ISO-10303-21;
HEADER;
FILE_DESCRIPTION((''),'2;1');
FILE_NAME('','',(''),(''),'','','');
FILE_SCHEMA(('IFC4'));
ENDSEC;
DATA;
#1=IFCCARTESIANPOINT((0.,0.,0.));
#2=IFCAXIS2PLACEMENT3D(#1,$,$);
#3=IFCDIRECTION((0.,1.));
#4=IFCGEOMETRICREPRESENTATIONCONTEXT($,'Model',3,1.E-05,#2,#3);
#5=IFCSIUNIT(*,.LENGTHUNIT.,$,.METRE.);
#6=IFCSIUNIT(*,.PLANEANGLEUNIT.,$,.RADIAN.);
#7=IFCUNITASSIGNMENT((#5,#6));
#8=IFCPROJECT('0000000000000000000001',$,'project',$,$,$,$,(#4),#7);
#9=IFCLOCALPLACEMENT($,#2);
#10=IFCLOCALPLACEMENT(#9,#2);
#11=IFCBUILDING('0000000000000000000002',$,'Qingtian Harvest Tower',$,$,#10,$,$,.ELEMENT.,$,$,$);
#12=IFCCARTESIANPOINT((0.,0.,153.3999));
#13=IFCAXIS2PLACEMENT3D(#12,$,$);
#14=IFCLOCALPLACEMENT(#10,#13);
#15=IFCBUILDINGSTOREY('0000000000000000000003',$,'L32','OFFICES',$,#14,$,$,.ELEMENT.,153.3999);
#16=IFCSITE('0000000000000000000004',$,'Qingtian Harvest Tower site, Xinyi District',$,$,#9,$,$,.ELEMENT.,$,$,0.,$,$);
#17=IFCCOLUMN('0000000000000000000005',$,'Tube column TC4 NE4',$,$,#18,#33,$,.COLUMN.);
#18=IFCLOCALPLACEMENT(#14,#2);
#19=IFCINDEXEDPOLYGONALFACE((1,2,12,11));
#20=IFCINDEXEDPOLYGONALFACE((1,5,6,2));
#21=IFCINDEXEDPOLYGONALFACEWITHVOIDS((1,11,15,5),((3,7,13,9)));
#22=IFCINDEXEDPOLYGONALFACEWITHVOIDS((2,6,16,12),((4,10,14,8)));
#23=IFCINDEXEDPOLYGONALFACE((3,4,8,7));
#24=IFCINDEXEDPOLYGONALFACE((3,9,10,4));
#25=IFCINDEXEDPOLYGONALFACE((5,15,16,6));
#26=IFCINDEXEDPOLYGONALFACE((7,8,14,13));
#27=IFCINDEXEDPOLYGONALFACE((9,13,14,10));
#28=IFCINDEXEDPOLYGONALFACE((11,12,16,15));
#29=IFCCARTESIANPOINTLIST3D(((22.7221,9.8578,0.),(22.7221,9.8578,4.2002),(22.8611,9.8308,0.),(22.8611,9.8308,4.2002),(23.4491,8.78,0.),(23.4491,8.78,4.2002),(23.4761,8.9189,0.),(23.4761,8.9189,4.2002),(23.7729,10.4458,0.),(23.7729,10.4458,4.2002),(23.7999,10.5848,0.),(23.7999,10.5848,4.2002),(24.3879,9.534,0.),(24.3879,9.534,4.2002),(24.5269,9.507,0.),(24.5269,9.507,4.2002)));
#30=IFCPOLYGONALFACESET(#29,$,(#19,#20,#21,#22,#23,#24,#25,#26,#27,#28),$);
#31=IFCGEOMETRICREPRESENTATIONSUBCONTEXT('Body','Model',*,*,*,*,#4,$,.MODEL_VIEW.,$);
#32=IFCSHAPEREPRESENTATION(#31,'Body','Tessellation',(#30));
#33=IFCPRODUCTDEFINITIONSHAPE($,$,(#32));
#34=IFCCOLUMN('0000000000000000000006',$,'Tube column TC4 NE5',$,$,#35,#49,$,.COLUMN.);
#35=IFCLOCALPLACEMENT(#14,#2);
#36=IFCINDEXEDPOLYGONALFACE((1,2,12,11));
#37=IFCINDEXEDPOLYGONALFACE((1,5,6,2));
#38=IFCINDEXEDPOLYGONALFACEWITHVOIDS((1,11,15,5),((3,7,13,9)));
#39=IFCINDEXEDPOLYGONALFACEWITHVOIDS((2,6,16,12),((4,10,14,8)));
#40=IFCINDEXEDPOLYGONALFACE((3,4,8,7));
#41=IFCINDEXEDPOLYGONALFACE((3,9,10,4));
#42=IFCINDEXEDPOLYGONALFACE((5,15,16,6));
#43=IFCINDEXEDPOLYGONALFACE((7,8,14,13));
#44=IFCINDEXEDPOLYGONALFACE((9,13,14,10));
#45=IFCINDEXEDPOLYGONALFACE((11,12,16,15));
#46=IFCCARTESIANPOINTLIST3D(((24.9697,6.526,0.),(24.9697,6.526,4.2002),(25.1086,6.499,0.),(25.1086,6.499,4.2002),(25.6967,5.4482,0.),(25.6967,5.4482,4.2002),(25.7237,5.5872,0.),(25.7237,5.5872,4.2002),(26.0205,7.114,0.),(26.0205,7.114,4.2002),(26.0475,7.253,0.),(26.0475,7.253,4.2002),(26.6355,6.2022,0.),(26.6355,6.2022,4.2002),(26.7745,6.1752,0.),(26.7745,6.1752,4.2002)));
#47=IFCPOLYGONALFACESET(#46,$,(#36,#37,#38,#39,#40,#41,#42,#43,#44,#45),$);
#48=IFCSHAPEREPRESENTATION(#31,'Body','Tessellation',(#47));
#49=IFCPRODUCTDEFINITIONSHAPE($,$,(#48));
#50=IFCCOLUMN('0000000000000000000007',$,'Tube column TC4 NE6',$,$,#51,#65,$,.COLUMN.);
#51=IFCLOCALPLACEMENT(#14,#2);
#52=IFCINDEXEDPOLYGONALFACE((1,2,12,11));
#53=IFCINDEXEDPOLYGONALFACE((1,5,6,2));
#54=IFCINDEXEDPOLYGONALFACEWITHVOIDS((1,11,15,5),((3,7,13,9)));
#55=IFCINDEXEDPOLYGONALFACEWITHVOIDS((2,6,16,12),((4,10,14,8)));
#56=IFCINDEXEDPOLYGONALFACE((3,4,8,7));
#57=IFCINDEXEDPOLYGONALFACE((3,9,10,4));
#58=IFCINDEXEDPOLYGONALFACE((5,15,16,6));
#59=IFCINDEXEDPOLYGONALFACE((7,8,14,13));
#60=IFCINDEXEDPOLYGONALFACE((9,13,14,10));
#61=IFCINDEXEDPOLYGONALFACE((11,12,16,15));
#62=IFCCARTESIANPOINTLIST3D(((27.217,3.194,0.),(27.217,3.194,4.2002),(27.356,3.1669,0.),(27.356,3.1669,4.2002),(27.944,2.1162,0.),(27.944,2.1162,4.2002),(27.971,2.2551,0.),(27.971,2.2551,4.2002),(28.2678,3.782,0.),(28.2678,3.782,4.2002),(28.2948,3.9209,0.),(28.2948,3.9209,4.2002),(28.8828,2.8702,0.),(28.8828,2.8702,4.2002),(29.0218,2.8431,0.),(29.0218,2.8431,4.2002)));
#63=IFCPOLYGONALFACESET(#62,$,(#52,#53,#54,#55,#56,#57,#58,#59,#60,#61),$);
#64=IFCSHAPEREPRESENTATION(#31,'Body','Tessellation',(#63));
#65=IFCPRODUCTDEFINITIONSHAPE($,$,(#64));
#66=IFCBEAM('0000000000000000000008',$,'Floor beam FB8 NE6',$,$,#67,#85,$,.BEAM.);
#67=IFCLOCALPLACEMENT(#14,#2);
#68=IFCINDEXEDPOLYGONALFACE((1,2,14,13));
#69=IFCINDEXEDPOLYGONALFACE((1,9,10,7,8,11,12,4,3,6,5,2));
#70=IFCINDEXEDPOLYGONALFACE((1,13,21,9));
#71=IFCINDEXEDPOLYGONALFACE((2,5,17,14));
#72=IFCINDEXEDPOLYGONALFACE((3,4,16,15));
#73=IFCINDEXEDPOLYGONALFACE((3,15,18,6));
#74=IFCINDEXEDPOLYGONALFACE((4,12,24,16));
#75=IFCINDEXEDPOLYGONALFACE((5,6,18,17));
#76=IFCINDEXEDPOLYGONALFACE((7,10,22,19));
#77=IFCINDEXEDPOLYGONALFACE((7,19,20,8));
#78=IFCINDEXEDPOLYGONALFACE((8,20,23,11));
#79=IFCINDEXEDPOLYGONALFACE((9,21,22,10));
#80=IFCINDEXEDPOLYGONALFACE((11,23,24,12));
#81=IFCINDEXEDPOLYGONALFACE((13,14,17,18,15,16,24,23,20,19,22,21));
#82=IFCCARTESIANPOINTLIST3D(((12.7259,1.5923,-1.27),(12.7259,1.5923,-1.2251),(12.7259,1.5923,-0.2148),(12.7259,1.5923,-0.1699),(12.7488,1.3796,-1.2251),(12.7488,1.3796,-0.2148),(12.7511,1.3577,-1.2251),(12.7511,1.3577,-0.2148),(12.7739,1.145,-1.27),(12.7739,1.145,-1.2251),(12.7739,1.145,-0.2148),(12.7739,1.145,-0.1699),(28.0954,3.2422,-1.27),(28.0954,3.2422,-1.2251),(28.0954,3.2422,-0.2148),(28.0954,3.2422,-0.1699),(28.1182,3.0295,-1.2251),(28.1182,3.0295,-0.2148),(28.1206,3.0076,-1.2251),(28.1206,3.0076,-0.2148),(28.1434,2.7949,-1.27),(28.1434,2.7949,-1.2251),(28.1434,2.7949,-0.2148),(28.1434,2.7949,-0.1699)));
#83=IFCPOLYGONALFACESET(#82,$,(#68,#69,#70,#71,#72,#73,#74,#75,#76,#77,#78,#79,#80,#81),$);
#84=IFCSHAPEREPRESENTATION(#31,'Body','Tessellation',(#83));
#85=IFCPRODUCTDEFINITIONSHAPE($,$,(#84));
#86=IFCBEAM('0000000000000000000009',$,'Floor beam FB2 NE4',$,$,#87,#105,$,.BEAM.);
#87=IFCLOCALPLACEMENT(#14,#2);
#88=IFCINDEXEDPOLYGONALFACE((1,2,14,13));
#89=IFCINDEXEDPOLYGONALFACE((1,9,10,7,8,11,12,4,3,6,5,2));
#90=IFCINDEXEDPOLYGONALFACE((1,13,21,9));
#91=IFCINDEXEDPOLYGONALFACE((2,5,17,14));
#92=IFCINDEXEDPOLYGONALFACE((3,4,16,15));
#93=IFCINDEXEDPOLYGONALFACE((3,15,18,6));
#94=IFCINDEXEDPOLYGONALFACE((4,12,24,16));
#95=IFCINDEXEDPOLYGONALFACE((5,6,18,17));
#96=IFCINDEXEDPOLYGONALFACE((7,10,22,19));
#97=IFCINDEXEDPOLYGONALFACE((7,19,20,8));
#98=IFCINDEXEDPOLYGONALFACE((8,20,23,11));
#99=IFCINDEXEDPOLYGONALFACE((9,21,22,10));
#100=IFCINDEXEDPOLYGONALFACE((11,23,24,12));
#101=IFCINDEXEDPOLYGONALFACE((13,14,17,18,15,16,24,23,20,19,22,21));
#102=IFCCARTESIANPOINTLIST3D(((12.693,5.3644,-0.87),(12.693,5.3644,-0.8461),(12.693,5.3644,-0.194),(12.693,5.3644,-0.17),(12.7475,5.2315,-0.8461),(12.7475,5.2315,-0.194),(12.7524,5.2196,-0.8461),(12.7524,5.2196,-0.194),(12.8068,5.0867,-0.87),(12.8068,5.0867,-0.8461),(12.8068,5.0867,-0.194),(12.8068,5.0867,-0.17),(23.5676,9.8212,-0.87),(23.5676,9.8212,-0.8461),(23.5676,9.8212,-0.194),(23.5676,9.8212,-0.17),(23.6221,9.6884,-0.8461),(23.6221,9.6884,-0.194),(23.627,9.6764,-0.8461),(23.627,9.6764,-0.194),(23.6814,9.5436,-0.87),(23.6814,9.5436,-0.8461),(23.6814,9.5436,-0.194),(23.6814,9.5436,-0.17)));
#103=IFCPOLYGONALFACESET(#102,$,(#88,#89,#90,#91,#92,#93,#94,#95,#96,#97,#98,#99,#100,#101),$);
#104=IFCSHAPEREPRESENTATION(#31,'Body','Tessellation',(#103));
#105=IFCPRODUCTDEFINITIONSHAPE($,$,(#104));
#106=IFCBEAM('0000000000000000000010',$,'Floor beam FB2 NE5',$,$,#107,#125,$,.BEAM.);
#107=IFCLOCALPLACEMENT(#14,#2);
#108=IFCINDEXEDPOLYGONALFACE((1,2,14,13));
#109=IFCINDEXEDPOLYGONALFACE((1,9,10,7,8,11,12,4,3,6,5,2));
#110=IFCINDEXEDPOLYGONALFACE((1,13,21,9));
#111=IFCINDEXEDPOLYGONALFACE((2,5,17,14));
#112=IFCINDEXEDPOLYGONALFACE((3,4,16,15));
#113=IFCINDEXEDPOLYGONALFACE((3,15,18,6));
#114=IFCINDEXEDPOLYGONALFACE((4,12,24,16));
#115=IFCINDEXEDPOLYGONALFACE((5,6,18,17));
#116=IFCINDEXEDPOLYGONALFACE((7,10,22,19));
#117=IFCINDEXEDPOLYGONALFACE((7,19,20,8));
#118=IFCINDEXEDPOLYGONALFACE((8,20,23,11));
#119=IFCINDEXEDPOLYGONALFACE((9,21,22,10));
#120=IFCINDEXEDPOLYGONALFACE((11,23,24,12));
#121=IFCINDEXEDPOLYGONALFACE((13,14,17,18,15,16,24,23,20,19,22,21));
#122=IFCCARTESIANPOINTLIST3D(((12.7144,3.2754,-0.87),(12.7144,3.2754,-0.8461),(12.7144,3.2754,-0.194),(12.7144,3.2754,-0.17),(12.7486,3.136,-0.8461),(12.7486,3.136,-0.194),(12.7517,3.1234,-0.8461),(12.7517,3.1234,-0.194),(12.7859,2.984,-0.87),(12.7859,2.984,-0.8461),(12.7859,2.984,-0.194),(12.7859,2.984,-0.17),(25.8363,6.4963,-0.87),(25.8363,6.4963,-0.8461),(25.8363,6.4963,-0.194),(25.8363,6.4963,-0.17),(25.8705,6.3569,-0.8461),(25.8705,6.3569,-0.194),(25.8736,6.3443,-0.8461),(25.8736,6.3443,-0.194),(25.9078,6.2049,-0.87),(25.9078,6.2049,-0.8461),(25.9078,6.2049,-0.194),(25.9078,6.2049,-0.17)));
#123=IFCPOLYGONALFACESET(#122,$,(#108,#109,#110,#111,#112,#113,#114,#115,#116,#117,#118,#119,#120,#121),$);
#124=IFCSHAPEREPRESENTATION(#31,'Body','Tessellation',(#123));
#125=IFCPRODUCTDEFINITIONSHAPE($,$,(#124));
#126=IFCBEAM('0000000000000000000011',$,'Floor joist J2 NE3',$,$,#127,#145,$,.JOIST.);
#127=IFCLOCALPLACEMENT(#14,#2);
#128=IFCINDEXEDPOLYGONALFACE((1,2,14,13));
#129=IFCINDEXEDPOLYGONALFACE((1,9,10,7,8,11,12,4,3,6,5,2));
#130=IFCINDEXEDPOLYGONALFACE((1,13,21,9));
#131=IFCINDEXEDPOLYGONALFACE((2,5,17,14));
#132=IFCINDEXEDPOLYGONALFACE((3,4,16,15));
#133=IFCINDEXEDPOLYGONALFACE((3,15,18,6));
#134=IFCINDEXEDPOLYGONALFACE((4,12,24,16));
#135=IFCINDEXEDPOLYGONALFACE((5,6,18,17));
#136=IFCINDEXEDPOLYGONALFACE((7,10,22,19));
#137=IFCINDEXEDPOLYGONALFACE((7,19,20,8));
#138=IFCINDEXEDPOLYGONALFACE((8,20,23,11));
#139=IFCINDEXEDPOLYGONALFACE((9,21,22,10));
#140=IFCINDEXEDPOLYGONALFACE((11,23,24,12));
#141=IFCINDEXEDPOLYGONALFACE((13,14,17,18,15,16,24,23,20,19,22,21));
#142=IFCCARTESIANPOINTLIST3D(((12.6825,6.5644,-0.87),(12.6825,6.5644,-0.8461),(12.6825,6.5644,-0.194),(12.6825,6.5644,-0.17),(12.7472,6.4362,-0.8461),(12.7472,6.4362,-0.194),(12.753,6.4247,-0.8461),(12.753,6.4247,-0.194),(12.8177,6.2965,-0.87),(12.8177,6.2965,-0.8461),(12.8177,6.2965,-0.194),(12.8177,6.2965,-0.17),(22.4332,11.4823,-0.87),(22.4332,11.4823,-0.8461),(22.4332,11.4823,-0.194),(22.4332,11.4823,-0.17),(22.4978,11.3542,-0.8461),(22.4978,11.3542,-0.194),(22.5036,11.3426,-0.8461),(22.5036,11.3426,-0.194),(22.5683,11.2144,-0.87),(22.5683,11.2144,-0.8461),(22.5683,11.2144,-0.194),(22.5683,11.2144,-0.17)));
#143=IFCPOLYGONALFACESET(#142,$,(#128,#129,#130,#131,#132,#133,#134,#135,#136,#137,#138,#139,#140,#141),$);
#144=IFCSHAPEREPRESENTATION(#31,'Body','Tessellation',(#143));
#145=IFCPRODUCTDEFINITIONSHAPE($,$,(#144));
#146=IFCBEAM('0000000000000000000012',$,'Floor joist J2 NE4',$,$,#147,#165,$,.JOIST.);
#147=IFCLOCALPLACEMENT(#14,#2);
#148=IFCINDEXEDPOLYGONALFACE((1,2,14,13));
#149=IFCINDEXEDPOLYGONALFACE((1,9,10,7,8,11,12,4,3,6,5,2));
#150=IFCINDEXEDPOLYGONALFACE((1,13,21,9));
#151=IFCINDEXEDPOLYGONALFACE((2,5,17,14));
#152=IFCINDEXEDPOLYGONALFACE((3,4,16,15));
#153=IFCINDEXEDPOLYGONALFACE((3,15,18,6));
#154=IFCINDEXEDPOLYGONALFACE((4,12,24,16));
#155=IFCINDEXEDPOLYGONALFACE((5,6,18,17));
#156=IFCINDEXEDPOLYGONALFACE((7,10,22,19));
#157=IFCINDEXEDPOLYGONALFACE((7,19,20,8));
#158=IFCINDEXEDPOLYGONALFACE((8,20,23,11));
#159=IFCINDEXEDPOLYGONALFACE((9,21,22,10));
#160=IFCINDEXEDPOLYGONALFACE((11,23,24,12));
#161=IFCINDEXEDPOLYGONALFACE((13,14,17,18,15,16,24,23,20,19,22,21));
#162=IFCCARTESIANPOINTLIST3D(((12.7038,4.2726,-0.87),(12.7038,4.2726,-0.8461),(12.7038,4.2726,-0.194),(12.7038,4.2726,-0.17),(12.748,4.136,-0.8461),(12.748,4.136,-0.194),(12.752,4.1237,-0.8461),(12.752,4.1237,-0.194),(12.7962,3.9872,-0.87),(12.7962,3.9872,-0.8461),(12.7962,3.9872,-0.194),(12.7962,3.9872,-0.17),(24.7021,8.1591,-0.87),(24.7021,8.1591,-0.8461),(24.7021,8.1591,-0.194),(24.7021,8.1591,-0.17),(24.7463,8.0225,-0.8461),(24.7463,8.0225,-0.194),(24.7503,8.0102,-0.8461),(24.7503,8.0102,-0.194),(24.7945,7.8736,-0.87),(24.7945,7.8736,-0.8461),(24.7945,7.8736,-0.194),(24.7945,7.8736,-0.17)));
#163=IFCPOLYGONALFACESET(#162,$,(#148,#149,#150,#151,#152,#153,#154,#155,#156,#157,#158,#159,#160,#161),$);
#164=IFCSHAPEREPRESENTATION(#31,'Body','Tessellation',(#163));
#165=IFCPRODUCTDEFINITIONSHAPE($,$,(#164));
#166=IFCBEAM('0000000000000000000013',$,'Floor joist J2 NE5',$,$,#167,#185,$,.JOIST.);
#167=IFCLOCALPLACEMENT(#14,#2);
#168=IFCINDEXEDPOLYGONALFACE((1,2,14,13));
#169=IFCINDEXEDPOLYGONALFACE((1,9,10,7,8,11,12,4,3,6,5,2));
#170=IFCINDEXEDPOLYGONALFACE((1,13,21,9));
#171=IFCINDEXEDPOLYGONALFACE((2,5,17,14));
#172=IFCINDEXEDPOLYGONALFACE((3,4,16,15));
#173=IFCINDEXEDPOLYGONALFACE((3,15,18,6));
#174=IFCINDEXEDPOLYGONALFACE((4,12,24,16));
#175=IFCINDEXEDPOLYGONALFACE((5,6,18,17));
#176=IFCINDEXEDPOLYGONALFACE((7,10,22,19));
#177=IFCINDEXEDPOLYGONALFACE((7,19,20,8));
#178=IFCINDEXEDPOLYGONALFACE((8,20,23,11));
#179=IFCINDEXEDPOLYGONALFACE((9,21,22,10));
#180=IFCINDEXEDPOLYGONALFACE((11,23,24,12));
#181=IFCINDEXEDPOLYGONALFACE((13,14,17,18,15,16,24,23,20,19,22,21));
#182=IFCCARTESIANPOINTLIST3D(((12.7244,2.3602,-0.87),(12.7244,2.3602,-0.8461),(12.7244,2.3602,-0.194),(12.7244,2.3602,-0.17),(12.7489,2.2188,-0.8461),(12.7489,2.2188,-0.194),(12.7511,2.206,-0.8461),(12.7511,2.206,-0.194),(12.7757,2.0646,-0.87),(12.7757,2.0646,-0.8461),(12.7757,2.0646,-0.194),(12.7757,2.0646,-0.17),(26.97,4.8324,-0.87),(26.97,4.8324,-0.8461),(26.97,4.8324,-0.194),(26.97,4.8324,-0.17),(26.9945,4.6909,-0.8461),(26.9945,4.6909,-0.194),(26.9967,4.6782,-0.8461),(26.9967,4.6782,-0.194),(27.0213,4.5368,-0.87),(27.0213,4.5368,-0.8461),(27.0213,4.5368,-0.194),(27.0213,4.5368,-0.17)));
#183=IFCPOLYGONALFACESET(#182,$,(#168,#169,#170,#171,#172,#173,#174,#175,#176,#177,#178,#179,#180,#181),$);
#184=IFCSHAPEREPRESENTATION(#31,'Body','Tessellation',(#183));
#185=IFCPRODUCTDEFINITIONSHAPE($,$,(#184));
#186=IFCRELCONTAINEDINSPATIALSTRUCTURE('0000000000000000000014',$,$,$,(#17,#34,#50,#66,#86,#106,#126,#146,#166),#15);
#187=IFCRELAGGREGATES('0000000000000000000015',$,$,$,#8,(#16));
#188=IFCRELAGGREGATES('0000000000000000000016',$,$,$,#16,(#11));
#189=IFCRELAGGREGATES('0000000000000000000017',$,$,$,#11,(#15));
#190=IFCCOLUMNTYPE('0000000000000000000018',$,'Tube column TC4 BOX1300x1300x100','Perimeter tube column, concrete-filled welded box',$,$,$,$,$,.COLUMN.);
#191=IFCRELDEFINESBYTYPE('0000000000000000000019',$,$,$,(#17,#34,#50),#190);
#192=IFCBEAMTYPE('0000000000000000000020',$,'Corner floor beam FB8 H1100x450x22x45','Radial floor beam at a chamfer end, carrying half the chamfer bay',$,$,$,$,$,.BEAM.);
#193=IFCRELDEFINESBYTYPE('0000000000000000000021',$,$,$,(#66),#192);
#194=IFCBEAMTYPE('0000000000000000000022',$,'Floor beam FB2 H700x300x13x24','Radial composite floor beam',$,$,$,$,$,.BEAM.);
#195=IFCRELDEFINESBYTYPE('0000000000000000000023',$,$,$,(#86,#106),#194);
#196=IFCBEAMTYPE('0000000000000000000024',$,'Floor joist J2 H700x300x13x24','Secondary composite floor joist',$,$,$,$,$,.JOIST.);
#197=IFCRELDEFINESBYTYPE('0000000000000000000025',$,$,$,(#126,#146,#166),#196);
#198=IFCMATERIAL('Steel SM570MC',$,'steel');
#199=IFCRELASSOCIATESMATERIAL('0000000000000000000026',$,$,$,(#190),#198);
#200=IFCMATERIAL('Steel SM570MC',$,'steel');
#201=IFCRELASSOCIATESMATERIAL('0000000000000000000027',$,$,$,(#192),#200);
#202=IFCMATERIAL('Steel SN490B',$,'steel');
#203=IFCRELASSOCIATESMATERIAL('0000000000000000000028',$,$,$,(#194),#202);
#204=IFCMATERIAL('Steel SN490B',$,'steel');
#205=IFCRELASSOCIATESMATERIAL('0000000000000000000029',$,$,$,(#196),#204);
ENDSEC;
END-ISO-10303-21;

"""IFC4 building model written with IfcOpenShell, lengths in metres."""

from ifc_helpers import new_model, si_unit, direction, frame, origin, origin_2d, place, context, subcontext, project, spatial, hollow_rectangle, i_section, extrude, material, material_profile, profile_set, type_object, element, save


model = new_model("IFC4")

# Units and contexts
model_context = context("Model", 3, precision=1e-05, world=origin(), true_north=direction((0.0, 1.0)))
body_context = subcontext(model_context, "Body", "Model", "MODEL_VIEW")
ifc_project = project(units=[si_unit("LENGTHUNIT", "METRE"), si_unit("PLANEANGLEUNIT", "RADIAN")], contexts=[model_context])

# Site, building, storey
site_placement = place(None, origin())
site = spatial("IfcSite", under=ifc_project, at=site_placement, Name="Qingtian Harvest Tower site, Xinyi District", CompositionType="ELEMENT", RefElevation=0.0)
building_placement = place(site_placement, origin())
building = spatial("IfcBuilding", under=site, at=building_placement, Name="Qingtian Harvest Tower", CompositionType="ELEMENT")
storey_placement = place(building_placement, frame((0.0, 0.0, 153.3999)))
storey = spatial("IfcBuildingStorey", under=building, at=storey_placement, Name="L32", Description="OFFICES", CompositionType="ELEMENT", Elevation=153.3999)

# Columns
ifc_material_1 = material(Name="Steel SM570MC", Category="steel")
ifc_material_profile_1 = material_profile(ifc_material_1, hollow_rectangle(XDim=1.3, YDim=1.3, WallThickness=0.1001, at=origin_2d()), Name="BOX1300x1300x100")
ifc_profile_set_1 = profile_set([ifc_material_profile_1], Name="Steel SM570MC")
column_type = type_object("IfcColumnType", Name="Tube column TC4 BOX1300x1300x100", Description="Perimeter tube column, concrete-filled welded box", PredefinedType="COLUMN", material=ifc_profile_set_1)
for number, where, z_axis, x_axis, name in (
    (1, (23.6245, 9.6824, 0.0), (0.0, 0.0, 1.0), (-0.559193, 0.829038, 0.0), "Tube column TC4 NE4"),
    (2, (25.8721, 6.3506, 0.0), (0.0, 0.0, 1.0), (-0.559193, 0.829038, 0.0), "Tube column TC4 NE5"),
    (3, (28.1194, 3.0186, 0.0), (0.0, 0.0, 1.0), (-0.559193, 0.829038, 0.0), "Tube column TC4 NE6"),
):
    element("IfcColumn", number, at=place(storey_placement, frame(where, z_axis=z_axis, x_axis=x_axis)), inside=storey, type_object=column_type, Name=name, PredefinedType="COLUMN", context=body_context, shape_type="SweptSolid", body=[
        extrude(hollow_rectangle(XDim=1.3, YDim=1.3, WallThickness=0.1001, at=origin_2d()), origin(), (0.0, 0.0, 1.0), 4.2002),
    ])

# Beams
ifc_material_2 = material(Name="Steel SM570MC", Category="steel")
ifc_material_profile_2 = material_profile(ifc_material_2, i_section(OverallWidth=0.45, OverallDepth=1.1001, WebThickness=0.022, FlangeThickness=0.0449, at=origin_2d()), Name="H1100x450x22x45")
ifc_profile_set_2 = profile_set([ifc_material_profile_2], Name="Steel SM570MC")
beam_type_1 = type_object("IfcBeamType", Name="Corner floor beam FB8 H1100x450x22x45", Description="Radial floor beam at a chamfer end, carrying half the chamfer bay", PredefinedType="BEAM", material=ifc_profile_set_2)
beam_1_placement = place(storey_placement, frame((28.1194, 3.0186, -0.72), z_axis=(-0.994287, -0.106737, 0.0), x_axis=(0.106737, -0.994287, 0.0)))
element("IfcBeam", 4, at=beam_1_placement, inside=storey, type_object=beam_type_1, Name="Floor beam FB8 NE6", PredefinedType="BEAM", context=body_context, shape_type="SweptSolid", body=[
    extrude(i_section(OverallWidth=0.45, OverallDepth=1.1001, WebThickness=0.022, FlangeThickness=0.0449, at=origin_2d()), origin(), (0.0, 0.0, 1.0), 15.4578),
])
ifc_material_3 = material(Name="Steel SN490B", Category="steel")
ifc_material_profile_3 = material_profile(ifc_material_3, i_section(OverallWidth=0.3, OverallDepth=0.7, WebThickness=0.0129, FlangeThickness=0.0239, at=origin_2d()), Name="H700x300x13x24")
ifc_profile_set_3 = profile_set([ifc_material_profile_3], Name="Steel SN490B")
beam_type_2 = type_object("IfcBeamType", Name="Floor beam FB2 H700x300x13x24", Description="Radial composite floor beam", PredefinedType="BEAM", material=ifc_profile_set_3)
beam_2_placement = place(storey_placement, frame((23.6245, 9.6824, -0.52), z_axis=(-0.925305, -0.379225, 0.0), x_axis=(0.379225, -0.925305, 0.0)))
element("IfcBeam", 5, at=beam_2_placement, inside=storey, type_object=beam_type_2, Name="Floor beam FB2 NE4", PredefinedType="BEAM", context=body_context, shape_type="SweptSolid", body=[
    extrude(i_section(OverallWidth=0.3, OverallDepth=0.7, WebThickness=0.0129, FlangeThickness=0.0239, at=origin_2d()), origin(), (0.0, 0.0, 1.0), 11.7524),
])
beam_3_placement = place(storey_placement, frame((25.8721, 6.3506, -0.52), z_axis=(-0.971171, -0.238384, 0.0), x_axis=(0.238384, -0.971171, 0.0)))
element("IfcBeam", 6, at=beam_3_placement, inside=storey, type_object=beam_type_2, Name="Floor beam FB2 NE5", PredefinedType="BEAM", context=body_context, shape_type="SweptSolid", body=[
    extrude(i_section(OverallWidth=0.3, OverallDepth=0.7, WebThickness=0.0129, FlangeThickness=0.0239, at=origin_2d()), origin(), (0.0, 0.0, 1.0), 13.5115),
])
ifc_material_4 = material(Name="Steel SN490B", Category="steel")
ifc_material_profile_4 = material_profile(ifc_material_4, i_section(OverallWidth=0.3, OverallDepth=0.7, WebThickness=0.0129, FlangeThickness=0.0239, at=origin_2d()), Name="H700x300x13x24")
ifc_profile_set_4 = profile_set([ifc_material_profile_4], Name="Steel SN490B")
beam_type_3 = type_object("IfcBeamType", Name="Floor joist J2 H700x300x13x24", Description="Secondary composite floor joist", PredefinedType="JOIST", material=ifc_profile_set_4)
beam_4_placement = place(storey_placement, frame((22.5007, 11.3484, -0.52), z_axis=(-0.892861, -0.450332, 0.0), x_axis=(0.450332, -0.892861, 0.0)))
element("IfcBeam", 7, at=beam_4_placement, inside=storey, type_object=beam_type_3, Name="Floor joist J2 NE3", PredefinedType="JOIST", context=body_context, shape_type="SweptSolid", body=[
    extrude(i_section(OverallWidth=0.3, OverallDepth=0.7, WebThickness=0.0129, FlangeThickness=0.0239, at=origin_2d()), origin(), (0.0, 0.0, 1.0), 10.9207),
])
beam_5_placement = place(storey_placement, frame((24.7483, 8.0164, -0.52), z_axis=(-0.951336, -0.308156, 0.0), x_axis=(0.308156, -0.951336, 0.0)))
element("IfcBeam", 8, at=beam_5_placement, inside=storey, type_object=beam_type_3, Name="Floor joist J2 NE4", PredefinedType="JOIST", context=body_context, shape_type="SweptSolid", body=[
    extrude(i_section(OverallWidth=0.3, OverallDepth=0.7, WebThickness=0.0129, FlangeThickness=0.0239, at=origin_2d()), origin(), (0.0, 0.0, 1.0), 12.6121),
])
beam_6_placement = place(storey_placement, frame((26.9956, 4.6846, -0.52), z_axis=(-0.985274, -0.170983, 0.0), x_axis=(0.170983, -0.985274, 0.0)))
element("IfcBeam", 9, at=beam_6_placement, inside=storey, type_object=beam_type_3, Name="Floor joist J2 NE5", PredefinedType="JOIST", context=body_context, shape_type="SweptSolid", body=[
    extrude(i_section(OverallWidth=0.3, OverallDepth=0.7, WebThickness=0.0129, FlangeThickness=0.0239, at=origin_2d()), origin(), (0.0, 0.0, 1.0), 14.4585),
])

save(model, "model.ifc")
